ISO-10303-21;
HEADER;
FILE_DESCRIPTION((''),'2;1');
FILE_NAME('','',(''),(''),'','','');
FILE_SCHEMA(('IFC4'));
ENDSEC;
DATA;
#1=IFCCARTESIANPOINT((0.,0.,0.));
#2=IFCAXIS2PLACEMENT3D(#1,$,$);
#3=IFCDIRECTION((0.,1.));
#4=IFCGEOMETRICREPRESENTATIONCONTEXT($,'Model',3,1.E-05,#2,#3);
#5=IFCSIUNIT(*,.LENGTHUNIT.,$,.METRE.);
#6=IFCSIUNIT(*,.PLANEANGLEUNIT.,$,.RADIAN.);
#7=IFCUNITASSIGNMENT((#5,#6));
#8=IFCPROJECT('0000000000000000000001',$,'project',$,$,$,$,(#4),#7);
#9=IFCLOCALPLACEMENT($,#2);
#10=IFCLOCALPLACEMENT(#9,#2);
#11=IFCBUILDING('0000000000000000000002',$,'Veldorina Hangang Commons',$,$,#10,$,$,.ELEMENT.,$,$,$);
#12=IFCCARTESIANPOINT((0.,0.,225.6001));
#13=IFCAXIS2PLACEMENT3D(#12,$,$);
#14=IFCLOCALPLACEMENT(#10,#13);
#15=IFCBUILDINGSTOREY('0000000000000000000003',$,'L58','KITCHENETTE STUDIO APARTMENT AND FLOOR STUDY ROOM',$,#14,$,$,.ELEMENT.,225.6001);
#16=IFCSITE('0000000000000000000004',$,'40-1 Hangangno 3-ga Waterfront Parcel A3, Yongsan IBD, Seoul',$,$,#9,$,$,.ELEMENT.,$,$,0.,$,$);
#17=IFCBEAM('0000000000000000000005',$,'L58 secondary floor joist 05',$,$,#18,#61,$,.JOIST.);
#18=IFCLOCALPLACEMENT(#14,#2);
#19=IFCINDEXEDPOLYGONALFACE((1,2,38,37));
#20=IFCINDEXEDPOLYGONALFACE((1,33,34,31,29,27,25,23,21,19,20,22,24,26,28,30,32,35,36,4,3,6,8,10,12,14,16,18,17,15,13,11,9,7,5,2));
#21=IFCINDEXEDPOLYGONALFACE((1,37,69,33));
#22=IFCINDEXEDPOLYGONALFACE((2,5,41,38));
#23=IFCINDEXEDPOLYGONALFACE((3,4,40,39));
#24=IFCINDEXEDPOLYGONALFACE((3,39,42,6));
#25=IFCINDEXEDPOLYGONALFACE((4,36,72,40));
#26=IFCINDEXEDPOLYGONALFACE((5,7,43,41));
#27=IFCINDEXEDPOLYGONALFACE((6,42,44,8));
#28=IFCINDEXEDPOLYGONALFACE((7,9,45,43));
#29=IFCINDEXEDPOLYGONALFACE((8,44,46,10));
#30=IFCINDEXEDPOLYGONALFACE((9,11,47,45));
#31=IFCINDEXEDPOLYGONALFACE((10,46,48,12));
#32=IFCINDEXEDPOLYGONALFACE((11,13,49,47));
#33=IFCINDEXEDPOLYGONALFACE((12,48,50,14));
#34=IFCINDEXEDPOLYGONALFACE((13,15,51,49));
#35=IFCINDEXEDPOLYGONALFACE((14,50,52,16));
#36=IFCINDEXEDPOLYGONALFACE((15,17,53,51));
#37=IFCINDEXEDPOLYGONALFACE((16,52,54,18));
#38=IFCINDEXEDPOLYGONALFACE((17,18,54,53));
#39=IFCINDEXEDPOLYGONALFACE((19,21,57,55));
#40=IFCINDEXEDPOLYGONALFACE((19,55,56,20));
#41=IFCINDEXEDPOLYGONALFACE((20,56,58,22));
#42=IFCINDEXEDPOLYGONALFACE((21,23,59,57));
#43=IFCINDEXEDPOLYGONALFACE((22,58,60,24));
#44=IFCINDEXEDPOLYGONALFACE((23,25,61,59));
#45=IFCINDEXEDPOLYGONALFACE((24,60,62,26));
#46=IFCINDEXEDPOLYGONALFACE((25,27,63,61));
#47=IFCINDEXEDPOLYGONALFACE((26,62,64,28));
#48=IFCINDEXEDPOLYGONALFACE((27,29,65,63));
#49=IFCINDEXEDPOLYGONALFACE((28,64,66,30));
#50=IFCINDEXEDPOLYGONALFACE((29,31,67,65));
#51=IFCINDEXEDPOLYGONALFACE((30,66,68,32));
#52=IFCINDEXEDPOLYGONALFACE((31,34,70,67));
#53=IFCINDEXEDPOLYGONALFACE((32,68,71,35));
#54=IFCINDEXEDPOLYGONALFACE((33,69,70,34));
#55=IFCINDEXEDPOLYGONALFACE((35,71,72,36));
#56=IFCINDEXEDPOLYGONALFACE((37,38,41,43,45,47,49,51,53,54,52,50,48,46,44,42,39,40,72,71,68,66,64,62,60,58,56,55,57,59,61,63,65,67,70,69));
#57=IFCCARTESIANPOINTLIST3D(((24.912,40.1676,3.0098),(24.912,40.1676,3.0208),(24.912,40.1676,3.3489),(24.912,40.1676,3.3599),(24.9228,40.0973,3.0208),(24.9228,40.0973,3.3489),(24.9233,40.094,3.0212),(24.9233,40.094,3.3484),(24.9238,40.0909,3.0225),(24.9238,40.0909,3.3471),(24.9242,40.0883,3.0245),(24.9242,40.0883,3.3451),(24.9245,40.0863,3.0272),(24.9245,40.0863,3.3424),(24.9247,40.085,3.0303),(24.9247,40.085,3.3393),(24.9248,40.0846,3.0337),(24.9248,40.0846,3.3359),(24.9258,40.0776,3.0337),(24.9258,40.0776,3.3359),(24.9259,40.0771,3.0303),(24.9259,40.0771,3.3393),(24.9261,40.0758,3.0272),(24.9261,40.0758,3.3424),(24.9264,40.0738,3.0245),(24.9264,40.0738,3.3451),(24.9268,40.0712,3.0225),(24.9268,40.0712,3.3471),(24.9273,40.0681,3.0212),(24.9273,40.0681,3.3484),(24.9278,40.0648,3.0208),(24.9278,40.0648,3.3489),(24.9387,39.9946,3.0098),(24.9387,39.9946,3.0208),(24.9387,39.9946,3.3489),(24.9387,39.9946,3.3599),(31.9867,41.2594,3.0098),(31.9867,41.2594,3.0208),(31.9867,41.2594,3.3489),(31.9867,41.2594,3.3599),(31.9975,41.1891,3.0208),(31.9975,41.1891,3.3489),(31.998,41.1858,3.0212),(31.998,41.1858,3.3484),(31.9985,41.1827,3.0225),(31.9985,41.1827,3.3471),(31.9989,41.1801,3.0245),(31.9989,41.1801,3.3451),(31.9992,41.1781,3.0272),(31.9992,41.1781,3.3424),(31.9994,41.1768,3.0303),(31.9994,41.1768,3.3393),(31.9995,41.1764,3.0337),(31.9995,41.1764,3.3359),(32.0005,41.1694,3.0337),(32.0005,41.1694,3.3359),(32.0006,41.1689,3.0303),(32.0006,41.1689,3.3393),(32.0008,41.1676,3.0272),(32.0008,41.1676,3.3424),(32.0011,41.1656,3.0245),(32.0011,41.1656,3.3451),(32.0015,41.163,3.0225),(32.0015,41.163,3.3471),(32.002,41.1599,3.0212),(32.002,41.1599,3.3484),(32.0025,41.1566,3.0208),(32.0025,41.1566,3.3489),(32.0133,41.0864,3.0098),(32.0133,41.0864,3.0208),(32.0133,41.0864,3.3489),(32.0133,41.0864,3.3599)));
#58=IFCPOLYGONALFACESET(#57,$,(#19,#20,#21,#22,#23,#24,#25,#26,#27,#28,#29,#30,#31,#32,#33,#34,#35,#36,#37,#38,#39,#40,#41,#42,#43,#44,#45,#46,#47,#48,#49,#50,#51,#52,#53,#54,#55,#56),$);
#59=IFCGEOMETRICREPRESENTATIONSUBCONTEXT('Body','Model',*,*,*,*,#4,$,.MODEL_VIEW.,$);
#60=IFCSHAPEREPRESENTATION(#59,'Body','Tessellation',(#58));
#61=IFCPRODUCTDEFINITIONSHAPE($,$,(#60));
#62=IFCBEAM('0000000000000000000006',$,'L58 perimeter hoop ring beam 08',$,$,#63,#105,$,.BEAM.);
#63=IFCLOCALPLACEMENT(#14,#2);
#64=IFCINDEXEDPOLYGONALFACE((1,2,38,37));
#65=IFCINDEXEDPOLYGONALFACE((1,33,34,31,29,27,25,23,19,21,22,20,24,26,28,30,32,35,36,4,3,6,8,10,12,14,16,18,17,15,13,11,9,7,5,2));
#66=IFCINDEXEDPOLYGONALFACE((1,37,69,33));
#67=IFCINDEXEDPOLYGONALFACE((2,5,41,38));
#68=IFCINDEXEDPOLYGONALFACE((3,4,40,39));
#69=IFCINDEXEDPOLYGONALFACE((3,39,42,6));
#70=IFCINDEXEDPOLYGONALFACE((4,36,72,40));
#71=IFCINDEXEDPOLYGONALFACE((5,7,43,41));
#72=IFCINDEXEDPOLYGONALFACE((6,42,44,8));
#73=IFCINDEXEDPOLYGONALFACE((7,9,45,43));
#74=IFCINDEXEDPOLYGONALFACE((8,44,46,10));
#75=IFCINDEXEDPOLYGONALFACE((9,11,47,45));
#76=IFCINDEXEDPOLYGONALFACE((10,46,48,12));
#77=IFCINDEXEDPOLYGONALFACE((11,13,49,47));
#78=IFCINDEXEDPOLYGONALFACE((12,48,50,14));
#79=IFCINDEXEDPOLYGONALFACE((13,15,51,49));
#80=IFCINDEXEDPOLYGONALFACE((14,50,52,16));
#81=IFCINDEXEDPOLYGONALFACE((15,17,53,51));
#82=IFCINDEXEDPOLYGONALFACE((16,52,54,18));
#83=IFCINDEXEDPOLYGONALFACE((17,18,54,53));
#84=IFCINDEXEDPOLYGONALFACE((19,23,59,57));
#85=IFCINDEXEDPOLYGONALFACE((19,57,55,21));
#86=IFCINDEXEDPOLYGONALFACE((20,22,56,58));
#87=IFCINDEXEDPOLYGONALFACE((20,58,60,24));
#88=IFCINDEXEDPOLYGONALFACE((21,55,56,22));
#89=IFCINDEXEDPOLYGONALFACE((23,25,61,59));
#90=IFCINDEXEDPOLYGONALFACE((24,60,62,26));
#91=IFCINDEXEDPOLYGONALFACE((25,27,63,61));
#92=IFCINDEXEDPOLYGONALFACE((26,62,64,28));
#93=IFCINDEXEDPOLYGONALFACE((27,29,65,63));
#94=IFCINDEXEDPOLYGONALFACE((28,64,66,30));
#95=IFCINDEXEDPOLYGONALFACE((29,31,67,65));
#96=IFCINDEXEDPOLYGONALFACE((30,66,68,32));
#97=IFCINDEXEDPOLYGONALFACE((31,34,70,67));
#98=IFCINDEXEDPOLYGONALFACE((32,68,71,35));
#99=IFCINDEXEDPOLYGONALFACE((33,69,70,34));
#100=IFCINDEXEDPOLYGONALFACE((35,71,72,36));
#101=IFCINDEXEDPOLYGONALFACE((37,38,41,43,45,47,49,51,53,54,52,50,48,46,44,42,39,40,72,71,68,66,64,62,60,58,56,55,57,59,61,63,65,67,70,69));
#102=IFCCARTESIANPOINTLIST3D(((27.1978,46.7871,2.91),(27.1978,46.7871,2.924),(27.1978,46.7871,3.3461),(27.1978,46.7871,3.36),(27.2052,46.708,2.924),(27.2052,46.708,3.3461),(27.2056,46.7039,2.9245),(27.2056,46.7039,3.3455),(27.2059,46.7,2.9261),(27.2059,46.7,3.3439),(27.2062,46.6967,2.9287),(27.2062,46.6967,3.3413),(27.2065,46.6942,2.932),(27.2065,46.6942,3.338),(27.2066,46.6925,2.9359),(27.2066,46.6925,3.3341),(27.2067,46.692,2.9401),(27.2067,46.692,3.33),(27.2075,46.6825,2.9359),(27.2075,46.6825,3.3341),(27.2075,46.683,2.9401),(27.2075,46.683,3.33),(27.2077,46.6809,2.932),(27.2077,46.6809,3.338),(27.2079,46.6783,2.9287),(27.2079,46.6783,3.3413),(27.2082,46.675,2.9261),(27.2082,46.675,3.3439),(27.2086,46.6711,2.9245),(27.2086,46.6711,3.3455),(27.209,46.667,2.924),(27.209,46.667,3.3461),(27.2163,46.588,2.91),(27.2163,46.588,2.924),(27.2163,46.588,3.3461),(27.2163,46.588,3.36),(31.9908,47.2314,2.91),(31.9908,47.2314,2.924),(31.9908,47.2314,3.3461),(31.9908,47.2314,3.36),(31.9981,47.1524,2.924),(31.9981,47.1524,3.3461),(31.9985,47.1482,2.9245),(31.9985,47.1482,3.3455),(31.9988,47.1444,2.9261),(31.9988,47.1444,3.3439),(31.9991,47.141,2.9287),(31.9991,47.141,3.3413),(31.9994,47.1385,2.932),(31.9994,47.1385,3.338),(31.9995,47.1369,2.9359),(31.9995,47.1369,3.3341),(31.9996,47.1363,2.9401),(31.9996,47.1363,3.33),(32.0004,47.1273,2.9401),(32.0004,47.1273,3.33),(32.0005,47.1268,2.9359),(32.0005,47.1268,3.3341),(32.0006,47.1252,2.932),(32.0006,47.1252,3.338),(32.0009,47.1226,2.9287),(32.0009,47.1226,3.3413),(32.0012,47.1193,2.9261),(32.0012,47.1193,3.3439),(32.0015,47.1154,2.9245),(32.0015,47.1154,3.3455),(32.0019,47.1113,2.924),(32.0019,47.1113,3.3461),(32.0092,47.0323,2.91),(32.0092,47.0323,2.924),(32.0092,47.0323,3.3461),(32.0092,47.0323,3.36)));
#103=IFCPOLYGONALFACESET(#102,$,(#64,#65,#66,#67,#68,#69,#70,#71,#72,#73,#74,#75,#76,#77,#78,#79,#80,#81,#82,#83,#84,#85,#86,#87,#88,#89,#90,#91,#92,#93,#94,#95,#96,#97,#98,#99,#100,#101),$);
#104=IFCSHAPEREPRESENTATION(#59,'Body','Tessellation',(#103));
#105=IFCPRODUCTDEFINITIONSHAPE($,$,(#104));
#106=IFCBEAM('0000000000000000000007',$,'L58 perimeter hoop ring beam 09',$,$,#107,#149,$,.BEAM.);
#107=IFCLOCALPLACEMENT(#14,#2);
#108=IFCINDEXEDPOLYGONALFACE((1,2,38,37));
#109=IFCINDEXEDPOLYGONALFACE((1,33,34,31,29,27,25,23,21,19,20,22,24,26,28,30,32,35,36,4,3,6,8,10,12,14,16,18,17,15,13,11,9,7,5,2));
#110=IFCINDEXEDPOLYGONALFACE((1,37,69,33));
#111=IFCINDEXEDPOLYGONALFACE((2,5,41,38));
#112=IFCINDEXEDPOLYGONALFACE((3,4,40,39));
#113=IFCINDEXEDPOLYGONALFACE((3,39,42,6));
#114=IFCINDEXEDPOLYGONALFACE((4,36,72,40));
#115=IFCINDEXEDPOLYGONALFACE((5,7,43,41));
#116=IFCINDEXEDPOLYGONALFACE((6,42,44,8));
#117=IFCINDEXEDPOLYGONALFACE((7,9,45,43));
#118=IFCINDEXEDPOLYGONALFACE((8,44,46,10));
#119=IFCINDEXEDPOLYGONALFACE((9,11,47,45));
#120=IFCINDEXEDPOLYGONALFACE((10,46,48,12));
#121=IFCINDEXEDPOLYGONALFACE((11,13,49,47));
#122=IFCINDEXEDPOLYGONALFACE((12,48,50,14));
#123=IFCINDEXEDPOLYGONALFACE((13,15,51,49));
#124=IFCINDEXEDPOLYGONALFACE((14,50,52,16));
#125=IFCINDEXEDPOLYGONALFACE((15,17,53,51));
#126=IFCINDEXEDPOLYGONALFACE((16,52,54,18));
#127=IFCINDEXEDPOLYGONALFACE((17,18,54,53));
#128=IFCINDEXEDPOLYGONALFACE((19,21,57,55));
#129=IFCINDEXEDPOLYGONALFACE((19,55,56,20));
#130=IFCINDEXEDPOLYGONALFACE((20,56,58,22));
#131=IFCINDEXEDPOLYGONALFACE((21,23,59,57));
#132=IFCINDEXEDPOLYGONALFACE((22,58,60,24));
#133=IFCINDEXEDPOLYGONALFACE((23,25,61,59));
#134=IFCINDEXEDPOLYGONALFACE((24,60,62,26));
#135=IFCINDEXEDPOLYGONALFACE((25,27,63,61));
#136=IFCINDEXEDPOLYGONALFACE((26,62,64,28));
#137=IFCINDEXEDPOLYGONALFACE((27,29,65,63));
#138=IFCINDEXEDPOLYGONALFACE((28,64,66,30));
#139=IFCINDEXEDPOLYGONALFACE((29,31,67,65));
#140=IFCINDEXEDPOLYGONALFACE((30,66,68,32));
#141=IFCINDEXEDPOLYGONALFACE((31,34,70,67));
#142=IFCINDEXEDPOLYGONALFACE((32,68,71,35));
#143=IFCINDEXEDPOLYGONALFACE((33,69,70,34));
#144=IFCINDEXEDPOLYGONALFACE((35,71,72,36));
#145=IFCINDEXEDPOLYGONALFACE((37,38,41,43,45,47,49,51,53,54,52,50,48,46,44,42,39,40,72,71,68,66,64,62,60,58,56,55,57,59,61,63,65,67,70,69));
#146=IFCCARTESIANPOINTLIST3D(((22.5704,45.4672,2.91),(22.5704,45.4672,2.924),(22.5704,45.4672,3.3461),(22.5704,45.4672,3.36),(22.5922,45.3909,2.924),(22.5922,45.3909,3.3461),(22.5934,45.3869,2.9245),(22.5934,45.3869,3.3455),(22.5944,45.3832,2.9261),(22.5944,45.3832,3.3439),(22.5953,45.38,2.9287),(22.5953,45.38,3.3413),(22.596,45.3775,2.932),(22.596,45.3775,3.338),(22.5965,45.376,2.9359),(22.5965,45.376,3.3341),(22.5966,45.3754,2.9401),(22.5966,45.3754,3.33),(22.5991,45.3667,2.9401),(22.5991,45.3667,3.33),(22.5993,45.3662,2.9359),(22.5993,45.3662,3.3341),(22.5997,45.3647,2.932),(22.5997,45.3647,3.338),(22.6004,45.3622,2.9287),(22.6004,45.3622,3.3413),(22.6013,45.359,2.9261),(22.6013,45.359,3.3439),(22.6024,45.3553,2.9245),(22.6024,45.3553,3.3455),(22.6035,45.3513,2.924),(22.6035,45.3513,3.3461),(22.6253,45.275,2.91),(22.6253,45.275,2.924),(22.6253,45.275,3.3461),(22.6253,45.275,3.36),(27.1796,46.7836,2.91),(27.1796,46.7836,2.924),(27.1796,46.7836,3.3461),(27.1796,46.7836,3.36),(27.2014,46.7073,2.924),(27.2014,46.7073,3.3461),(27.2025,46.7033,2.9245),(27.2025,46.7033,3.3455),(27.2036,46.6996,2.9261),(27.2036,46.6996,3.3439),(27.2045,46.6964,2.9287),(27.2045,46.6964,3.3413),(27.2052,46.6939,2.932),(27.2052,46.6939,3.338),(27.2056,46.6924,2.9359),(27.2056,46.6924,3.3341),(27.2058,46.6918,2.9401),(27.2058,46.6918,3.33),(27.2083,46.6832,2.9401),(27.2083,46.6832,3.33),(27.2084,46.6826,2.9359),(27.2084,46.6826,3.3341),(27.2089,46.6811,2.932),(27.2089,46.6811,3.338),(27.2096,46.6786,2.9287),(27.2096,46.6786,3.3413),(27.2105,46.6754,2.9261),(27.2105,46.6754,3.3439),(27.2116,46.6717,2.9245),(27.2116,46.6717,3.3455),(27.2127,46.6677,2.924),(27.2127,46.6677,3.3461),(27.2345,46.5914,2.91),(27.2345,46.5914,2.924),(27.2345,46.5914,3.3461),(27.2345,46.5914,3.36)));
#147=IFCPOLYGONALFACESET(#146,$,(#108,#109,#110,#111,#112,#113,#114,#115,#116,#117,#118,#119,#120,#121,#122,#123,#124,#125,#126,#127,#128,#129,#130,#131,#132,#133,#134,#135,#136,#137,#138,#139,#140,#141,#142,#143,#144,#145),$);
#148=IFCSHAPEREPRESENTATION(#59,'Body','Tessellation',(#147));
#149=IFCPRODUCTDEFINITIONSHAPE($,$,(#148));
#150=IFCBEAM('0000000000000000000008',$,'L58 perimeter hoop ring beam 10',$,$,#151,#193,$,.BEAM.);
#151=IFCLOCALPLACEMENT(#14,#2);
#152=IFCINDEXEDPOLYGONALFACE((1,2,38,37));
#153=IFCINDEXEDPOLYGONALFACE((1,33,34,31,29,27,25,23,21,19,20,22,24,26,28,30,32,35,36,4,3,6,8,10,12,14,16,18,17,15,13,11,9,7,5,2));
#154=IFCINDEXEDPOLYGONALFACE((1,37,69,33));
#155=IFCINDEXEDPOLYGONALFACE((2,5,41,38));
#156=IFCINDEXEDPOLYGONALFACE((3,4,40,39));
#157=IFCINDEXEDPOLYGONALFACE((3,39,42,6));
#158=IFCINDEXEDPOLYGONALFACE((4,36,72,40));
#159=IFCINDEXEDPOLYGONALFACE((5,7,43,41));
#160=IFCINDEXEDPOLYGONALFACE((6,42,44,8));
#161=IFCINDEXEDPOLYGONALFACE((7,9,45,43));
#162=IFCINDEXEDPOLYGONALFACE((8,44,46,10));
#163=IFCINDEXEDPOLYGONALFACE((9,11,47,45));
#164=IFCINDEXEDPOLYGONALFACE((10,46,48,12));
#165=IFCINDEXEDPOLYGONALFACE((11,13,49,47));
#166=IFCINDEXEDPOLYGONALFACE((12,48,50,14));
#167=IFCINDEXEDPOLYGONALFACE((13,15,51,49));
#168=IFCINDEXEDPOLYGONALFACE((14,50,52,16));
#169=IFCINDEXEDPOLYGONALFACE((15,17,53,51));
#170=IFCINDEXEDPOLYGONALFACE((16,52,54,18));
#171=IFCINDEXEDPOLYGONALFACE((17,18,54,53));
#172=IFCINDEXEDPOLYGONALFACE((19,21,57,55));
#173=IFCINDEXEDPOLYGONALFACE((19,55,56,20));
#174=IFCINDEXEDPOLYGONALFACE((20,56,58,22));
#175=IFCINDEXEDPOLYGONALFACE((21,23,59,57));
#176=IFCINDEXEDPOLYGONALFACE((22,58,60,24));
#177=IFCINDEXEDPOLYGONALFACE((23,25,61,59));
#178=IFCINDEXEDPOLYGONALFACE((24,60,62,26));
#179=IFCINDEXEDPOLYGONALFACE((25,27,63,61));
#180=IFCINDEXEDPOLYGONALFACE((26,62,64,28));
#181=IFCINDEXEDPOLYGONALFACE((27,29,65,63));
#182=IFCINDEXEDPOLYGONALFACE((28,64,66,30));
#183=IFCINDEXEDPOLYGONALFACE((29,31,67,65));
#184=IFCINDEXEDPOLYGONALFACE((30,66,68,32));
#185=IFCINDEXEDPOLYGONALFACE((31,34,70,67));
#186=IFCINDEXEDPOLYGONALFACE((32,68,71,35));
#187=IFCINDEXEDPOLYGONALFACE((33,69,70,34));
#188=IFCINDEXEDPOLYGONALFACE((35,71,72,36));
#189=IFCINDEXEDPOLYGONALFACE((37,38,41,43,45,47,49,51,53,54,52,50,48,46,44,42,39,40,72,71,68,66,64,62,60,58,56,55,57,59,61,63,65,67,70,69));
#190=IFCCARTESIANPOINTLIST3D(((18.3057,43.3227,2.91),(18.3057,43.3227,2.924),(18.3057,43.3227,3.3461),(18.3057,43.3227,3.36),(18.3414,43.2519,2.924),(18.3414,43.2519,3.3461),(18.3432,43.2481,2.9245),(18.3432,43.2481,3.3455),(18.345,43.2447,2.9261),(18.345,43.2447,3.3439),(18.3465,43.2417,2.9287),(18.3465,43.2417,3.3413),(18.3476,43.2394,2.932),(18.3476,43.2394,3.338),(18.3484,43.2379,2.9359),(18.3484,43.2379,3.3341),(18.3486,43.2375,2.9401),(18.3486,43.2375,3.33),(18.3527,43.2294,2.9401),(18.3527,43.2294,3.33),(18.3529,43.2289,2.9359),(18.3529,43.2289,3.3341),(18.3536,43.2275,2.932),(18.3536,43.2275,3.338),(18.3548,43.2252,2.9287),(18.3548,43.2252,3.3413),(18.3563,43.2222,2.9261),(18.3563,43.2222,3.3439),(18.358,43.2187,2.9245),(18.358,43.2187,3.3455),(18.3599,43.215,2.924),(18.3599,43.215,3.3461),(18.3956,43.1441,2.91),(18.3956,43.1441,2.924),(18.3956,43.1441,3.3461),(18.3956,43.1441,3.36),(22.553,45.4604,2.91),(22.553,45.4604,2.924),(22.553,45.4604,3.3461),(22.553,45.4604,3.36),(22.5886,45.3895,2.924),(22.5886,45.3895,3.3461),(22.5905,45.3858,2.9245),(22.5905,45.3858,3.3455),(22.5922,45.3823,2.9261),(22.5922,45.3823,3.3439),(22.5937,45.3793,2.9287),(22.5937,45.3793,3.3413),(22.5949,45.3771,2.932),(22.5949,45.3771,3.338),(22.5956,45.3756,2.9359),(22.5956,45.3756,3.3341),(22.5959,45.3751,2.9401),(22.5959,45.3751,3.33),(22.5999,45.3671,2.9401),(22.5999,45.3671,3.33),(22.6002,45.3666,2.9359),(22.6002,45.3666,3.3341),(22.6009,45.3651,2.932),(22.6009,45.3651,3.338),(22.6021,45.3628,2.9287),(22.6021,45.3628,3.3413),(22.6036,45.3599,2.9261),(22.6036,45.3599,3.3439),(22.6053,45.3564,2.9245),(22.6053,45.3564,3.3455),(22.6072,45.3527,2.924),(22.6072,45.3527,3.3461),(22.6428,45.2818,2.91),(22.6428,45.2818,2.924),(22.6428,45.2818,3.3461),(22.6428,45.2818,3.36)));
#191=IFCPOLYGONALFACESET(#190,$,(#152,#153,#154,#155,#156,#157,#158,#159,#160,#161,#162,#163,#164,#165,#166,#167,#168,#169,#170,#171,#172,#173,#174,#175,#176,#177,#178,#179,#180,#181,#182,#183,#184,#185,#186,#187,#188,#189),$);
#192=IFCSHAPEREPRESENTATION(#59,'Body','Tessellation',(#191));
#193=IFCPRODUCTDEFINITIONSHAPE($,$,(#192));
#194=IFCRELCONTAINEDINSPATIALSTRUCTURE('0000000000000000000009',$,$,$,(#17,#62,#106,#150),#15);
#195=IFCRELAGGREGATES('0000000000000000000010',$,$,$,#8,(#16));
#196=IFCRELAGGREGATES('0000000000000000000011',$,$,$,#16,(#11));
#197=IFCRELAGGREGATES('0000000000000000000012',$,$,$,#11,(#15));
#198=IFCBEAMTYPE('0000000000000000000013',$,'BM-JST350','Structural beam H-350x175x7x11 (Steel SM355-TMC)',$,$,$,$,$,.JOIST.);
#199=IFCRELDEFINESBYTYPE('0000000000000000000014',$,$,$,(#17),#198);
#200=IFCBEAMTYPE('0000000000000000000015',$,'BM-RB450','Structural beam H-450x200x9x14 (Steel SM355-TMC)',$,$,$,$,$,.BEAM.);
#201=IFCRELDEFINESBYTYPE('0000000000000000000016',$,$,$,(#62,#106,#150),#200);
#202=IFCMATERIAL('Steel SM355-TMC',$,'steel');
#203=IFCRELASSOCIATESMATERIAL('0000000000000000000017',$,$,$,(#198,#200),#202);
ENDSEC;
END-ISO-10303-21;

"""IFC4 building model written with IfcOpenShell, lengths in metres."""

from ifc_helpers import new_model, si_unit, direction, frame, origin, origin_2d, place, context, subcontext, project, spatial, i_section, extrude, material, material_profile, profile_set, type_object, element, save


model = new_model("IFC4")

# Units and contexts
model_context = context("Model", 3, precision=1e-05, world=origin(), true_north=direction((0.0, 1.0)))
body_context = subcontext(model_context, "Body", "Model", "MODEL_VIEW")
ifc_project = project(units=[si_unit("LENGTHUNIT", "METRE"), si_unit("PLANEANGLEUNIT", "RADIAN")], contexts=[model_context])

# Site, building, storey
site_placement = place(None, origin())
site = spatial("IfcSite", under=ifc_project, at=site_placement, Name="40-1 Hangangno 3-ga Waterfront Parcel A3, Yongsan IBD, Seoul", CompositionType="ELEMENT", RefElevation=0.0)
building_placement = place(site_placement, origin())
building = spatial("IfcBuilding", under=site, at=building_placement, Name="Veldorina Hangang Commons", CompositionType="ELEMENT")
storey_placement = place(building_placement, frame((0.0, 0.0, 225.6001)))
storey = spatial("IfcBuildingStorey", under=building, at=storey_placement, Name="L58", Description="KITCHENETTE STUDIO APARTMENT AND FLOOR STUDY ROOM", CompositionType="ELEMENT", Elevation=225.6001)

# Beams
ifc_material_1 = material(Name="Steel SM355-TMC", Category="steel")
ifc_material_profile_1 = material_profile(ifc_material_1, i_section(OverallWidth=0.175, OverallDepth=0.3501, WebThickness=0.0071, FlangeThickness=0.011, FilletRadius=0.0129, at=origin_2d()), Name="H-350x175x7x11")
ifc_profile_set_1 = profile_set([ifc_material_profile_1], Name="Steel SM355-TMC")
beam_type_1 = type_object("IfcBeamType", Name="BM-JST350", Description="Structural beam H-350x175x7x11 (Steel SM355-TMC)", PredefinedType="JOIST", material=ifc_profile_set_1)
beam_1_placement = place(storey_placement, frame((32.0, 41.1729, 3.1848), z_axis=(-0.988301, -0.152518, 0.0), x_axis=(0.152518, -0.988301, 0.0)))
element("IfcBeam", 1, at=beam_1_placement, inside=storey, type_object=beam_type_1, Name="L58 secondary floor joist 05", PredefinedType="JOIST", context=body_context, shape_type="SweptSolid", body=[
    extrude(i_section(OverallWidth=0.175, OverallDepth=0.3501, WebThickness=0.0071, FlangeThickness=0.011, FilletRadius=0.0129, at=origin_2d()), origin(), (0.0, 0.0, 1.0), 7.1584),
])
ifc_material_profile_2 = material_profile(ifc_material_1, i_section(OverallWidth=0.2, OverallDepth=0.45, WebThickness=0.009, FlangeThickness=0.0139, FilletRadius=0.0161, at=origin_2d()), Name="H-450x200x9x14")
ifc_profile_set_2 = profile_set([ifc_material_profile_2], Name="Steel SM355-TMC")
beam_type_2 = type_object("IfcBeamType", Name="BM-RB450", Description="Structural beam H-450x200x9x14 (Steel SM355-TMC)", PredefinedType="BEAM", material=ifc_profile_set_2)
beam_2_placement = place(storey_placement, frame((32.0, 47.1318, 3.135), z_axis=(-0.99573, -0.09231, 0.0), x_axis=(0.09231, -0.99573, 0.0)))
element("IfcBeam", 2, at=beam_2_placement, inside=storey, type_object=beam_type_2, Name="L58 perimeter hoop ring beam 08", PredefinedType="BEAM", context=body_context, shape_type="SweptSolid", body=[
    extrude(i_section(OverallWidth=0.2, OverallDepth=0.45, WebThickness=0.009, FlangeThickness=0.0139, FilletRadius=0.0161, at=origin_2d()), origin(), (0.0, 0.0, 1.0), 4.8135),
])
beam_3_placement = place(storey_placement, frame((27.207, 46.6875, 3.135), z_axis=(-0.961551, -0.274627, 0.0), x_axis=(0.274627, -0.961551, 0.0)))
element("IfcBeam", 3, at=beam_3_placement, inside=storey, type_object=beam_type_2, Name="L58 perimeter hoop ring beam 09", PredefinedType="BEAM", context=body_context, shape_type="SweptSolid", body=[
    extrude(i_section(OverallWidth=0.2, OverallDepth=0.45, WebThickness=0.009, FlangeThickness=0.0139, FilletRadius=0.0161, at=origin_2d()), origin(), (0.0, 0.0, 1.0), 4.7935),
])
beam_4_placement = place(storey_placement, frame((22.5979, 45.3711, 3.135), z_axis=(-0.893243, -0.449574, 0.0), x_axis=(0.449574, -0.893243, 0.0)))
element("IfcBeam", 4, at=beam_4_placement, inside=storey, type_object=beam_type_2, Name="L58 perimeter hoop ring beam 10", PredefinedType="BEAM", context=body_context, shape_type="SweptSolid", body=[
    extrude(i_section(OverallWidth=0.2, OverallDepth=0.45, WebThickness=0.009, FlangeThickness=0.0139, FilletRadius=0.0161, at=origin_2d()), origin(), (0.0, 0.0, 1.0), 4.7549),
])

save(model, "model.ifc")
